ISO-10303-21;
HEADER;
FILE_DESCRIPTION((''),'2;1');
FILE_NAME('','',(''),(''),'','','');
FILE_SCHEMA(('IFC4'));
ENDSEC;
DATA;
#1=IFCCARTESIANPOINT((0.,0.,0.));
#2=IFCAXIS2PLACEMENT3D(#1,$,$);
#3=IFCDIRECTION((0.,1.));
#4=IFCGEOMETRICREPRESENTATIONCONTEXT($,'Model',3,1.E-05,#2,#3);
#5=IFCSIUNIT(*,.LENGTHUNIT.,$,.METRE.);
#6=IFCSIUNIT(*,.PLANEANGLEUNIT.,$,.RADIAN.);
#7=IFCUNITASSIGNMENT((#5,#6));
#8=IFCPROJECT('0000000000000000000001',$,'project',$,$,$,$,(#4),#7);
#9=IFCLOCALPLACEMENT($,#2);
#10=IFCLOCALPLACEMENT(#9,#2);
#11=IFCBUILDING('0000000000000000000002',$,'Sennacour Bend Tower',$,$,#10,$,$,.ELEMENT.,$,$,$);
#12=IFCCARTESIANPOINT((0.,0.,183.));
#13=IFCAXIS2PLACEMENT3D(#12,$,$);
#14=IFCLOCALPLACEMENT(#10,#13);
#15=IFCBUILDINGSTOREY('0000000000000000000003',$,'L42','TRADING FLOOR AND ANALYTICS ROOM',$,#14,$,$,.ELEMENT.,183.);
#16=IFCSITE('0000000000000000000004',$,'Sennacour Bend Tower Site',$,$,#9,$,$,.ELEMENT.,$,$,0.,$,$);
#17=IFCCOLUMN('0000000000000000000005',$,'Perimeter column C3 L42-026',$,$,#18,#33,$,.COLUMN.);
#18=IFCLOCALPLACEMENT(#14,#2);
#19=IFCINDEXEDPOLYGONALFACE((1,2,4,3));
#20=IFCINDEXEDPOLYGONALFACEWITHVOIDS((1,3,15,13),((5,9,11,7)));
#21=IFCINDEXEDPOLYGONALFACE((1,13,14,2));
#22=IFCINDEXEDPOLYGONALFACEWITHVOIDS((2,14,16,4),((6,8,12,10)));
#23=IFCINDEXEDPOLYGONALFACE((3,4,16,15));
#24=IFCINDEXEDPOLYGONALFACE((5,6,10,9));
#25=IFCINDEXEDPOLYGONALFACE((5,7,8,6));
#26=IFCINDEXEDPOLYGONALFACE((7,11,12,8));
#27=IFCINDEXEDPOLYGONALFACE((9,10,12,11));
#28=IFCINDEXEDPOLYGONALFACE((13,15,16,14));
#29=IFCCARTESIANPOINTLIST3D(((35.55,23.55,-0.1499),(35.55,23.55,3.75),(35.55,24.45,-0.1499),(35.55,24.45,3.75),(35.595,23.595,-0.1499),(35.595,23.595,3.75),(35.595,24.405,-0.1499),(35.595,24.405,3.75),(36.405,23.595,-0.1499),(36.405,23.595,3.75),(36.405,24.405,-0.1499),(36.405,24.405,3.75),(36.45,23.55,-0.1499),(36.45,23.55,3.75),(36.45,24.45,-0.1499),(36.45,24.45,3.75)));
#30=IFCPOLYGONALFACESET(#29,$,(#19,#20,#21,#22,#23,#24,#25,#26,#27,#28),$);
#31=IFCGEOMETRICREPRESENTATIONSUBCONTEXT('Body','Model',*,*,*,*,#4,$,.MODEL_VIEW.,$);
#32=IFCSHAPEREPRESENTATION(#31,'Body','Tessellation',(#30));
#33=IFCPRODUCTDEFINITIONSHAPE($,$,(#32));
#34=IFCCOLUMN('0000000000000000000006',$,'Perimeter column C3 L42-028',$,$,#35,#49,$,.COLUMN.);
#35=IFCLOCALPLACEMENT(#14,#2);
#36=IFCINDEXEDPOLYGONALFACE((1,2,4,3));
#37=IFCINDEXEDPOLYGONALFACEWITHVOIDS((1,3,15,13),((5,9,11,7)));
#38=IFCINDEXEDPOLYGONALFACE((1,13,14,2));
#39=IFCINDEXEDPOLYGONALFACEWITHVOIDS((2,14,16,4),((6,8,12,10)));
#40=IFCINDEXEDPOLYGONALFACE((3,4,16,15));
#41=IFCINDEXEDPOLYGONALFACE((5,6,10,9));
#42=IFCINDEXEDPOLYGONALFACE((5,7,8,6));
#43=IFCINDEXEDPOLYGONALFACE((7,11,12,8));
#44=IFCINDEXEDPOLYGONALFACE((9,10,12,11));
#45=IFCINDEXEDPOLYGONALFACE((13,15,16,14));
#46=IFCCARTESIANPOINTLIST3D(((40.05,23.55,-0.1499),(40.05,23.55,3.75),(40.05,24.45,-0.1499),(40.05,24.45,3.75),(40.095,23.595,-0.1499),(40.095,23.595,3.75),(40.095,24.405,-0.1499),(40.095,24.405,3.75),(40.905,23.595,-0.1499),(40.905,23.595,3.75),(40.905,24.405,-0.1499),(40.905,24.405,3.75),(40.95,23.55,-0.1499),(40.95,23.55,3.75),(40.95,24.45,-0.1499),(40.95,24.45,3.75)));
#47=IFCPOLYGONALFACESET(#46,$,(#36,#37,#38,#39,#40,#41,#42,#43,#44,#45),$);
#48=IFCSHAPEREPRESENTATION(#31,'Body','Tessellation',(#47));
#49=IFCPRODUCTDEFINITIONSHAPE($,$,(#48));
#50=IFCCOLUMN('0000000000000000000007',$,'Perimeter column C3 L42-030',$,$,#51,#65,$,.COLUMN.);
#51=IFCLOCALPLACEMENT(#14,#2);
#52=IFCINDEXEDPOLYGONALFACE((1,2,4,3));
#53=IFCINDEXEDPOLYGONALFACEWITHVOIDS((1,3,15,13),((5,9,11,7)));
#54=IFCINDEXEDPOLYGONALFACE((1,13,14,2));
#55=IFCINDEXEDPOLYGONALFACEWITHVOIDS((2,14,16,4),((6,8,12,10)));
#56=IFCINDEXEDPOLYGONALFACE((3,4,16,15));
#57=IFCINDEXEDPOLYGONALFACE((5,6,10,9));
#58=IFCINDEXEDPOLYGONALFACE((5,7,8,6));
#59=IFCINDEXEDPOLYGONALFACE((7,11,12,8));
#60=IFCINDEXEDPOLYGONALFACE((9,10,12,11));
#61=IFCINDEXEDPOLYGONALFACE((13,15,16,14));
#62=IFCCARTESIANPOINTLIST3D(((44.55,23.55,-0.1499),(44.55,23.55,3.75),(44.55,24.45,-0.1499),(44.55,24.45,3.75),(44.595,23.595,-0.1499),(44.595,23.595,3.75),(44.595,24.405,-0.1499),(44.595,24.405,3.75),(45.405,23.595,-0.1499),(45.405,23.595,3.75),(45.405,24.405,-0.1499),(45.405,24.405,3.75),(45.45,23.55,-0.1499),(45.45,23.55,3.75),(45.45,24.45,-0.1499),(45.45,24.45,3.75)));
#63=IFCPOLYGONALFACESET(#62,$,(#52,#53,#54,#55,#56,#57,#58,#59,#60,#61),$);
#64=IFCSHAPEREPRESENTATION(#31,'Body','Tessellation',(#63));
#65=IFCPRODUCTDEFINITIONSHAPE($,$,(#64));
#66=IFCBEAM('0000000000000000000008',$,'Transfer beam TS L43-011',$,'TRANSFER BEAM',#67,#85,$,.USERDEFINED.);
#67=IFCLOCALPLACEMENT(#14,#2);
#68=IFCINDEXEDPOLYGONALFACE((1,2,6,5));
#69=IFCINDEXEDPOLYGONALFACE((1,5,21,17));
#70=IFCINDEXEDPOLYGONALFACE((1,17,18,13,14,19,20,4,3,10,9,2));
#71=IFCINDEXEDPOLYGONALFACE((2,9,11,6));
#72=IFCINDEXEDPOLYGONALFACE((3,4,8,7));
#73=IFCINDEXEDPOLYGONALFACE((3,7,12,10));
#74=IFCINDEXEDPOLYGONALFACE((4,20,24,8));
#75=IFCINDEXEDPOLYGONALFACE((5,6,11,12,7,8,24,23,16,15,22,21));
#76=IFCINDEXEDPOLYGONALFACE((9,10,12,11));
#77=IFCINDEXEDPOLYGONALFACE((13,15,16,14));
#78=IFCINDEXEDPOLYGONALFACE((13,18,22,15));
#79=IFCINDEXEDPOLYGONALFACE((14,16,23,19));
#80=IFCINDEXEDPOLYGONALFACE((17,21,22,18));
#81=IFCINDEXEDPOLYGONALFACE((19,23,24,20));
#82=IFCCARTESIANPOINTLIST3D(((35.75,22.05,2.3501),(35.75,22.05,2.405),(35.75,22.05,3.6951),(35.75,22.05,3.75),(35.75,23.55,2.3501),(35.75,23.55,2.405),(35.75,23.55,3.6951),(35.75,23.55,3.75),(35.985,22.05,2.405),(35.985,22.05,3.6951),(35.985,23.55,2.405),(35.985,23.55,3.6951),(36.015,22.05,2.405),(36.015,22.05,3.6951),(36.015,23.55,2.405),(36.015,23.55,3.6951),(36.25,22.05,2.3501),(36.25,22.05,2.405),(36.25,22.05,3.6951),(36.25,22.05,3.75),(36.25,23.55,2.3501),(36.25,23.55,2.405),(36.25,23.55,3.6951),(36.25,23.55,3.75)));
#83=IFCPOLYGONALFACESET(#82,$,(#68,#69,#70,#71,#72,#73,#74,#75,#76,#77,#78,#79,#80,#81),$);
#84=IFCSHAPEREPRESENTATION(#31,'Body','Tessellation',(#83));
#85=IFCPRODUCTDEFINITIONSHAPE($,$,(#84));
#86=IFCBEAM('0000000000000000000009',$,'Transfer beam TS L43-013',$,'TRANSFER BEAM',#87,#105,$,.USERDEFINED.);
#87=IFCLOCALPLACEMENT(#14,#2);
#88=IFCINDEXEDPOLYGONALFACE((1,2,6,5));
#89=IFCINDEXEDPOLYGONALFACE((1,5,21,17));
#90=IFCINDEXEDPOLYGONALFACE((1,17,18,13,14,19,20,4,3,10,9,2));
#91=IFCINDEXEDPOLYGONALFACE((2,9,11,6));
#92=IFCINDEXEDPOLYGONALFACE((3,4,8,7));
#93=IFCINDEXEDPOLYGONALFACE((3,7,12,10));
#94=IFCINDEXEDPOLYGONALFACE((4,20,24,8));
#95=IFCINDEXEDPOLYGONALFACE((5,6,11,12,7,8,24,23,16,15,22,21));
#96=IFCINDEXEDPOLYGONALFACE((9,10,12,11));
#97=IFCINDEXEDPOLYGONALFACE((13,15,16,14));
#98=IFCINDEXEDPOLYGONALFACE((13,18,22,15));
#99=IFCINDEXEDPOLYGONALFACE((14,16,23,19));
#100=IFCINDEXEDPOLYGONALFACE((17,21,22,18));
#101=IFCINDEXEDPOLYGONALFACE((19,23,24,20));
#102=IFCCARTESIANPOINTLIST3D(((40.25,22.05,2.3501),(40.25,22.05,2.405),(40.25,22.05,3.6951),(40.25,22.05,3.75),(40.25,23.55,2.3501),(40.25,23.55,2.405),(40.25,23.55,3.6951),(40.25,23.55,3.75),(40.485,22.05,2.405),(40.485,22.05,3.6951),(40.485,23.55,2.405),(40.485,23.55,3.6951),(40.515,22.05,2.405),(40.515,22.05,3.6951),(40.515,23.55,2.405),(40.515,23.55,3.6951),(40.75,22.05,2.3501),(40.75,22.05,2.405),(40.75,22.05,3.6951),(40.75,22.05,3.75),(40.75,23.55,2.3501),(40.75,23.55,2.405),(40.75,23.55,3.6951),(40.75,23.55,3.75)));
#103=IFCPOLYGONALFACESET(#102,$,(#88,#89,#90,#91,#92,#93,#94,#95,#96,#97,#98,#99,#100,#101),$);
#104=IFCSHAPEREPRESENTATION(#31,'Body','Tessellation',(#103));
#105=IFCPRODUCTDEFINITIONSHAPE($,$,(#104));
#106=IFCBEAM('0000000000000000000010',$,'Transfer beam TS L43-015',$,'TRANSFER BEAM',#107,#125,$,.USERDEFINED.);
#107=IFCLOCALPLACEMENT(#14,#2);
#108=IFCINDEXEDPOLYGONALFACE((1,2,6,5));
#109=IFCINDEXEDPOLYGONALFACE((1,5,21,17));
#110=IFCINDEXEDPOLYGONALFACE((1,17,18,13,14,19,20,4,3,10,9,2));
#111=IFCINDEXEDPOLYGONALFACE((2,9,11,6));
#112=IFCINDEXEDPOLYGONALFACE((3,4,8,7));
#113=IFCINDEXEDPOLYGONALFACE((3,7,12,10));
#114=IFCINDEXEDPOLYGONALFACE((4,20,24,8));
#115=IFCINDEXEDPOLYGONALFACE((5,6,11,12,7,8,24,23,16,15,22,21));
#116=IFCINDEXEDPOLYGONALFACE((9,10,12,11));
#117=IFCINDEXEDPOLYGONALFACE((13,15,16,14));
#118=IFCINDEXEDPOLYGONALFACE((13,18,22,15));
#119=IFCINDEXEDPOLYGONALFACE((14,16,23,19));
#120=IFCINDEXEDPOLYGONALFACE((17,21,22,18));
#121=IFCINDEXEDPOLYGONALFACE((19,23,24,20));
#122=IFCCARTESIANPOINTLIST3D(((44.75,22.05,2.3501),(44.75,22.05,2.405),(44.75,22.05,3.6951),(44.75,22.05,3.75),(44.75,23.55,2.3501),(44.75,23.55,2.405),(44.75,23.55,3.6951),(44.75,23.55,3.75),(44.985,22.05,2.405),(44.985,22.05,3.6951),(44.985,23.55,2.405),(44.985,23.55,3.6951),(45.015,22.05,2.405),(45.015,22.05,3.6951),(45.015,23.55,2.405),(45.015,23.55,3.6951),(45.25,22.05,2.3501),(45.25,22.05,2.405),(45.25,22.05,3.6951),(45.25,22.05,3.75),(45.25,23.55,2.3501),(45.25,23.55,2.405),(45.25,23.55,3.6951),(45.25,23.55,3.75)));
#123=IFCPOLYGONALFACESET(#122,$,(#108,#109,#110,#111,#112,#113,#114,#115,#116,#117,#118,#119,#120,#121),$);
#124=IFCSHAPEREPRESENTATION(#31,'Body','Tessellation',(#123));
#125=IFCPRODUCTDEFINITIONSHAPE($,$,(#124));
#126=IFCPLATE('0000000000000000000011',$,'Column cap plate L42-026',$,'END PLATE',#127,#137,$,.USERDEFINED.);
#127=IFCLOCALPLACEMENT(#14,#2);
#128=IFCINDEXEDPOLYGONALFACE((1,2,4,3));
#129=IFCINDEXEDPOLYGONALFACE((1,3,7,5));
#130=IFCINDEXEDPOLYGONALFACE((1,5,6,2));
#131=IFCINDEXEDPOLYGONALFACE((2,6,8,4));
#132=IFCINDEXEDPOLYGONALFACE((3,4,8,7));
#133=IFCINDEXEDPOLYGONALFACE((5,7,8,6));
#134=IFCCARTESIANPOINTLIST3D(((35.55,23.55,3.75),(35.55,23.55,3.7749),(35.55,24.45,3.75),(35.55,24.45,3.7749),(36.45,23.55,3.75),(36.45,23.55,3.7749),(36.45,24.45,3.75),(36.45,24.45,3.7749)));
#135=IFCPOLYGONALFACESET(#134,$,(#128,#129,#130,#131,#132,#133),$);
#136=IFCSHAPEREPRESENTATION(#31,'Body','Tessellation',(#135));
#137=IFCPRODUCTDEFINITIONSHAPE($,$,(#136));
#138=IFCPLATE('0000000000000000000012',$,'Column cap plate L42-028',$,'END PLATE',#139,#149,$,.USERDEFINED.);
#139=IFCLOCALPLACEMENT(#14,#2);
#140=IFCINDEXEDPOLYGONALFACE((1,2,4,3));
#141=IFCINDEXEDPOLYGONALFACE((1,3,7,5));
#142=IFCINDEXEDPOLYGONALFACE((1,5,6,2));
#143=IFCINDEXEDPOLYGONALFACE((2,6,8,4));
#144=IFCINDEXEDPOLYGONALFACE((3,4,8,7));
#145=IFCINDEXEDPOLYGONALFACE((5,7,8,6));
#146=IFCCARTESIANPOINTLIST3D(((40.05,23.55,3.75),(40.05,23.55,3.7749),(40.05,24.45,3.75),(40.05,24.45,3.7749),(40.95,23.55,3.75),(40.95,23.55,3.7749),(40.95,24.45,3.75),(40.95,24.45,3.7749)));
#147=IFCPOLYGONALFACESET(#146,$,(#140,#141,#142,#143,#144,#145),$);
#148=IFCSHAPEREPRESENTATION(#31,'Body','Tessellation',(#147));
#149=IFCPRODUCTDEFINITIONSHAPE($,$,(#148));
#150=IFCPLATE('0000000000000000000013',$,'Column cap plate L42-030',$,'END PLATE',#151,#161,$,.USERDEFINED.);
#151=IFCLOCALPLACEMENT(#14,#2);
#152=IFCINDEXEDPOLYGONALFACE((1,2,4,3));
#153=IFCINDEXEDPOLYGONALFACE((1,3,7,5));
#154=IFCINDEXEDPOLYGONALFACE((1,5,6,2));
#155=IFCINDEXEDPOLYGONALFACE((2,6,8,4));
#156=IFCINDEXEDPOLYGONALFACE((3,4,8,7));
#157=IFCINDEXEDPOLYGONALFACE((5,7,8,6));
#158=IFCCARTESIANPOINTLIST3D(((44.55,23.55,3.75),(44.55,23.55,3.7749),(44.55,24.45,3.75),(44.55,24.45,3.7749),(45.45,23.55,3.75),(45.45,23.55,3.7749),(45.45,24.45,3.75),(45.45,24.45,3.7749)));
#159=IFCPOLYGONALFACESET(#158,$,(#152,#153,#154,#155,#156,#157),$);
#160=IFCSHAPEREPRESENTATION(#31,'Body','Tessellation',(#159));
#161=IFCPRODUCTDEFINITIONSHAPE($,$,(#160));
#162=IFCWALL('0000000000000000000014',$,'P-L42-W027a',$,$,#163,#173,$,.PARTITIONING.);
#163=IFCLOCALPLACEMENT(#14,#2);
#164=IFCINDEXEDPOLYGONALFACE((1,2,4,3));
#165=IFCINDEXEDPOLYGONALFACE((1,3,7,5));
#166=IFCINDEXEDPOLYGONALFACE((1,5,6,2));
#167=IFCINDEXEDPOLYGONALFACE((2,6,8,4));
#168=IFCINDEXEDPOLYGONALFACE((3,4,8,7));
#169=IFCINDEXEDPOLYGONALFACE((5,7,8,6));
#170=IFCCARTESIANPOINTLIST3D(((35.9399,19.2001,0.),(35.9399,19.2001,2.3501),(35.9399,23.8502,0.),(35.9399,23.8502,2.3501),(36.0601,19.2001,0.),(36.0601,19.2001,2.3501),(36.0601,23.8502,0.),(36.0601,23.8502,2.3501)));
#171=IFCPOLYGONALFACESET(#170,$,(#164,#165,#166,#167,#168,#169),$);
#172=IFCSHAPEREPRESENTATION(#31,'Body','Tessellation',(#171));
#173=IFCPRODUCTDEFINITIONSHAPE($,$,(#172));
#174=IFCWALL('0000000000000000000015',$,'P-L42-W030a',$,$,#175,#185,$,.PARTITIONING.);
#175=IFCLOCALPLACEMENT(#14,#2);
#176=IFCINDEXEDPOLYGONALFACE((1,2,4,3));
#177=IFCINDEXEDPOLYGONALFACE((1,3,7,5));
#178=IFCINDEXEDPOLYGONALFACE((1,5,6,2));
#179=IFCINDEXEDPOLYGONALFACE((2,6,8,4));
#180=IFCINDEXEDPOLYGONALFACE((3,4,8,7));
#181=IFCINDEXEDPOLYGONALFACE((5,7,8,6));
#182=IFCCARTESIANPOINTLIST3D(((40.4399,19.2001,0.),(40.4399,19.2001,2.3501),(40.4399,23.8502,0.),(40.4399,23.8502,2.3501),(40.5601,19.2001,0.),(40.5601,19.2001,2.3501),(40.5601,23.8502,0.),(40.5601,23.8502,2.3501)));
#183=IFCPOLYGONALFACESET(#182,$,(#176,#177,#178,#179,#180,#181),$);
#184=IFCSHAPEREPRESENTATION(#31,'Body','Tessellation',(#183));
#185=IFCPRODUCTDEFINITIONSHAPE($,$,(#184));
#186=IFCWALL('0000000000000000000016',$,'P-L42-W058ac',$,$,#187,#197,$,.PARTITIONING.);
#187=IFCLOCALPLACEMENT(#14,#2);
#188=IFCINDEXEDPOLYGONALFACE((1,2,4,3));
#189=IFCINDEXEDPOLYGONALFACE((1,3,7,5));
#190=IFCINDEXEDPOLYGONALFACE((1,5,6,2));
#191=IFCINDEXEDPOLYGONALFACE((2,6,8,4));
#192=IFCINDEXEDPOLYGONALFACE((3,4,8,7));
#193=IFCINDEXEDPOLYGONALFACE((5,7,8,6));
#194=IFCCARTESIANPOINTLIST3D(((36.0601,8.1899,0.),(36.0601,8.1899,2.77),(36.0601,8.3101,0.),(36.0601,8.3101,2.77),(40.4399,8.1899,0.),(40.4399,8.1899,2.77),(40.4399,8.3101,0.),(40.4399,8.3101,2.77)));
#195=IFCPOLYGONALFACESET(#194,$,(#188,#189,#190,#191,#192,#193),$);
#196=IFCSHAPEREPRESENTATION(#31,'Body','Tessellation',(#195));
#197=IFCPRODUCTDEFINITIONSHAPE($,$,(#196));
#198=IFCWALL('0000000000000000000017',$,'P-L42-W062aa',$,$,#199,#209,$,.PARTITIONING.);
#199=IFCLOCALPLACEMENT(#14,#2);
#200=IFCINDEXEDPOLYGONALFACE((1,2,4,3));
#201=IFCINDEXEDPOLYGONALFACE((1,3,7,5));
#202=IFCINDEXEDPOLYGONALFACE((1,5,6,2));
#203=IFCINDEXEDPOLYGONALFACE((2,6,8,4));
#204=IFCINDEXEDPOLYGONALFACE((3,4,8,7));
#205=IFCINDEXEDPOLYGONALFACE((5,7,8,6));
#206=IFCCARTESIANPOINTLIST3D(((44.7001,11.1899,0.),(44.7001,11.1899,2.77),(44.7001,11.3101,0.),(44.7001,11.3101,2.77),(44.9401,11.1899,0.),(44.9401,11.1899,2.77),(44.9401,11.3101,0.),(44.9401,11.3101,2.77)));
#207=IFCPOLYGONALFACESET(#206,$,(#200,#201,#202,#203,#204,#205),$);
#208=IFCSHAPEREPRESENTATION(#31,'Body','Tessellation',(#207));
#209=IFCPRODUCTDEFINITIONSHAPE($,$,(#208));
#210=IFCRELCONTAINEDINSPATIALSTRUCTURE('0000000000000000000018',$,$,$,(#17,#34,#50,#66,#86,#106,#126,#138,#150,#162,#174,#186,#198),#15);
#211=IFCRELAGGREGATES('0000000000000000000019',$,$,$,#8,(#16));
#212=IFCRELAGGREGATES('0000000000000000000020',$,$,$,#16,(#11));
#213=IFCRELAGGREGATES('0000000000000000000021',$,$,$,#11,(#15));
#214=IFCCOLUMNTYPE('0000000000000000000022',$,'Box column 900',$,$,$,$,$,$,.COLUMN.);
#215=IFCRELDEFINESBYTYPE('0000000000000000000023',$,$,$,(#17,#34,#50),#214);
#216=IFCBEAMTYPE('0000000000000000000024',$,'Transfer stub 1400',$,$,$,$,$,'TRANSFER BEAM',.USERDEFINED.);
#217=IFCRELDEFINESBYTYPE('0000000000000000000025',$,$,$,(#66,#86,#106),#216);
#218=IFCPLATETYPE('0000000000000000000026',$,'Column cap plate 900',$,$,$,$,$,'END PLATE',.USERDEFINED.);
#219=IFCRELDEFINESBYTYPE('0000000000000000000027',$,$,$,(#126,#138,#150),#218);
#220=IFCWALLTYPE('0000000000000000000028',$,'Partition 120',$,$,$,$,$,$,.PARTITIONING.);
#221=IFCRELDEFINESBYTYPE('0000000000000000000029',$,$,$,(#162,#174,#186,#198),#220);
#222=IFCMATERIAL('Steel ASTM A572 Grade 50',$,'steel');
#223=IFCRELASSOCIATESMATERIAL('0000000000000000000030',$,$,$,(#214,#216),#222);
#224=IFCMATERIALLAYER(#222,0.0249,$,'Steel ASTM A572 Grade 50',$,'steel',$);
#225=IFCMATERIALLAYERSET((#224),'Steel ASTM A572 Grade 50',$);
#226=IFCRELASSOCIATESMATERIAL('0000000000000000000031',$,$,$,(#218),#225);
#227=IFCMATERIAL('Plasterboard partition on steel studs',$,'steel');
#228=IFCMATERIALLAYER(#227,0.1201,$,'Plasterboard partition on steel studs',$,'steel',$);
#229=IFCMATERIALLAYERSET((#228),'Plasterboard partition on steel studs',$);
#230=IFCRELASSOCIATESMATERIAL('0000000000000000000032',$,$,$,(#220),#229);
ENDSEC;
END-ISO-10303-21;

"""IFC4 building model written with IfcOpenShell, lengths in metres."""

from ifc_helpers import new_model, si_unit, direction, frame, frame_2d, origin, origin_2d, place, context, subcontext, project, spatial, rectangle, hollow_rectangle, i_section, extrude, material, layer, layer_set, material_profile, profile_set, type_object, element, save


model = new_model("IFC4")

# Units and contexts
model_context = context("Model", 3, precision=1e-05, world=origin(), true_north=direction((0.0, 1.0)))
body_context = subcontext(model_context, "Body", "Model", "MODEL_VIEW")
ifc_project = project(units=[si_unit("LENGTHUNIT", "METRE"), si_unit("PLANEANGLEUNIT", "RADIAN")], contexts=[model_context])

# Site, building, storey
site_placement = place(None, origin())
site = spatial("IfcSite", under=ifc_project, at=site_placement, Name="Sennacour Bend Tower Site", CompositionType="ELEMENT", RefElevation=0.0)
building_placement = place(site_placement, origin())
building = spatial("IfcBuilding", under=site, at=building_placement, Name="Sennacour Bend Tower", CompositionType="ELEMENT")
storey_placement = place(building_placement, frame((0.0, 0.0, 183.0)))
storey = spatial("IfcBuildingStorey", under=building, at=storey_placement, Name="L42", Description="TRADING FLOOR AND ANALYTICS ROOM", CompositionType="ELEMENT", Elevation=183.0)

# Columns
ifc_material_1 = material(Name="Steel ASTM A572 Grade 50", Category="steel")
ifc_material_profile_1 = material_profile(ifc_material_1, hollow_rectangle(XDim=0.8999, YDim=0.8999, WallThickness=0.0449, at=origin_2d()), Name="Steel ASTM A572 Grade 50", Category="steel")
ifc_profile_set_1 = profile_set([ifc_material_profile_1], Name="Steel ASTM A572 Grade 50")
column_type = type_object("IfcColumnType", Name="Box column 900", PredefinedType="COLUMN", material=ifc_profile_set_1)
for number, where, z_axis, x_axis, name in (
    (1, (36.0, 24.0, -0.1499), (0.0, 0.0, 1.0), (1.0, 0.0, 0.0), "Perimeter column C3 L42-026"),
    (2, (40.5, 24.0, -0.1499), (0.0, 0.0, 1.0), (1.0, 0.0, 0.0), "Perimeter column C3 L42-028"),
    (3, (45.0, 24.0, -0.1499), (0.0, 0.0, 1.0), (1.0, 0.0, 0.0), "Perimeter column C3 L42-030"),
):
    element("IfcColumn", number, at=place(storey_placement, frame(where, z_axis=z_axis, x_axis=x_axis)), inside=storey, type_object=column_type, Name=name, PredefinedType="COLUMN", context=body_context, shape_type="SweptSolid", body=[
        extrude(hollow_rectangle(XDim=0.8999, YDim=0.8999, WallThickness=0.0449, at=origin_2d()), origin(), (0.0, 0.0, 1.0), 3.8999),
    ])

# Beams
ifc_material_profile_2 = material_profile(ifc_material_1, i_section(OverallWidth=0.5, OverallDepth=1.3999, WebThickness=0.03, FlangeThickness=0.0549, at=origin_2d()), Name="Steel ASTM A572 Grade 50", Category="steel")
ifc_profile_set_2 = profile_set([ifc_material_profile_2], Name="Steel ASTM A572 Grade 50")
beam_type = type_object("IfcBeamType", Name="Transfer stub 1400", ElementType="TRANSFER BEAM", PredefinedType="USERDEFINED", material=ifc_profile_set_2)
for number, where, z_axis, x_axis, name in (
    (4, (36.0, 23.55, 3.05), (0.0, -1.0, 0.0), (1.0, 0.0, 0.0), "Transfer beam TS L43-011"),
    (5, (40.5, 23.55, 3.05), (0.0, -1.0, 0.0), (1.0, 0.0, 0.0), "Transfer beam TS L43-013"),
    (6, (45.0, 23.55, 3.05), (0.0, -1.0, 0.0), (1.0, 0.0, 0.0), "Transfer beam TS L43-015"),
):
    element("IfcBeam", number, at=place(storey_placement, frame(where, z_axis=z_axis, x_axis=x_axis)), inside=storey, type_object=beam_type, Name=name, ObjectType="TRANSFER BEAM", PredefinedType="USERDEFINED", context=body_context, shape_type="SweptSolid", body=[
        extrude(i_section(OverallWidth=0.5, OverallDepth=1.3999, WebThickness=0.03, FlangeThickness=0.0549, at=origin_2d()), origin(), (0.0, 0.0, 1.0), 1.5),
    ])

# Plates
ifc_layer_1 = layer(ifc_material_1, 0.0249, Name="Steel ASTM A572 Grade 50", Category="steel")
ifc_layer_set_1 = layer_set([ifc_layer_1], Name="Steel ASTM A572 Grade 50")
plate_type = type_object("IfcPlateType", Name="Column cap plate 900", ElementType="END PLATE", PredefinedType="USERDEFINED", material=ifc_layer_set_1)
for number, where, z_axis, x_axis, name in (
    (7, (36.0, 24.0, 3.75), (0.0, 0.0, 1.0), (1.0, 0.0, 0.0), "Column cap plate L42-026"),
    (8, (40.5, 24.0, 3.75), (0.0, 0.0, 1.0), (1.0, 0.0, 0.0), "Column cap plate L42-028"),
    (9, (45.0, 24.0, 3.75), (0.0, 0.0, 1.0), (1.0, 0.0, 0.0), "Column cap plate L42-030"),
):
    element("IfcPlate", number, at=place(storey_placement, frame(where, z_axis=z_axis, x_axis=x_axis)), inside=storey, type_object=plate_type, Name=name, ObjectType="END PLATE", PredefinedType="USERDEFINED", context=body_context, shape_type="SweptSolid", body=[
        extrude(rectangle(XDim=0.8999, YDim=0.8999, at=origin_2d()), origin(), (0.0, 0.0, 1.0), 0.0249),
    ])

# Walls
ifc_material_2 = material(Name="Plasterboard partition on steel studs", Category="steel")
ifc_layer_2 = layer(ifc_material_2, 0.1201, Name="Plasterboard partition on steel studs", Category="steel")
ifc_layer_set_2 = layer_set([ifc_layer_2], Name="Plasterboard partition on steel studs")
wall_type_1 = type_object("IfcWallType", Name="Partition 120", PredefinedType="PARTITIONING", material=ifc_layer_set_2)
for number, where, z_axis, x_axis, name in (
    (10, (36.0, 19.2, 0.0), (0.0, 0.0, 1.0), (0.0, 1.0, 0.0), "P-L42-W027a"),
    (11, (40.5, 19.2, 0.0), (0.0, 0.0, 1.0), (0.0, 1.0, 0.0), "P-L42-W030a"),
):
    element("IfcWall", number, at=place(storey_placement, frame(where, z_axis=z_axis, x_axis=x_axis)), inside=storey, type_object=wall_type_1, Name=name, PredefinedType="PARTITIONING", context=body_context, shape_type="SweptSolid", body=[
        extrude(rectangle(XDim=4.6501, YDim=0.1201, at=frame_2d((2.3252, 0.0))), origin(), (0.0, 0.0, 1.0), 2.3501),
    ])
wall_1_placement = place(storey_placement, frame((36.0601, 8.25, 0.0), z_axis=(0.0, 0.0, 1.0), x_axis=(1.0, 0.0, 0.0)))
element("IfcWall", 12, at=wall_1_placement, inside=storey, type_object=wall_type_1, Name="P-L42-W058ac", PredefinedType="PARTITIONING", context=body_context, shape_type="SweptSolid", body=[
    extrude(rectangle(XDim=4.3799, YDim=0.1201, at=frame_2d((2.1899, 0.0))), origin(), (0.0, 0.0, 1.0), 2.77),
])
for number, where, z_axis, x_axis, name in (
    (13, (44.7, 11.25, 0.0), (0.0, 0.0, 1.0), (1.0, 0.0, 0.0), "P-L42-W062aa"),
):
    element("IfcWall", number, at=place(storey_placement, frame(where, z_axis=z_axis, x_axis=x_axis)), inside=storey, type_object=wall_type_1, Name=name, PredefinedType="PARTITIONING", context=body_context, shape_type="SweptSolid", body=[
        extrude(rectangle(XDim=0.24, YDim=0.1201, at=frame_2d((0.1201, 0.0))), origin(), (0.0, 0.0, 1.0), 2.77),
    ])

save(model, "model.ifc")
